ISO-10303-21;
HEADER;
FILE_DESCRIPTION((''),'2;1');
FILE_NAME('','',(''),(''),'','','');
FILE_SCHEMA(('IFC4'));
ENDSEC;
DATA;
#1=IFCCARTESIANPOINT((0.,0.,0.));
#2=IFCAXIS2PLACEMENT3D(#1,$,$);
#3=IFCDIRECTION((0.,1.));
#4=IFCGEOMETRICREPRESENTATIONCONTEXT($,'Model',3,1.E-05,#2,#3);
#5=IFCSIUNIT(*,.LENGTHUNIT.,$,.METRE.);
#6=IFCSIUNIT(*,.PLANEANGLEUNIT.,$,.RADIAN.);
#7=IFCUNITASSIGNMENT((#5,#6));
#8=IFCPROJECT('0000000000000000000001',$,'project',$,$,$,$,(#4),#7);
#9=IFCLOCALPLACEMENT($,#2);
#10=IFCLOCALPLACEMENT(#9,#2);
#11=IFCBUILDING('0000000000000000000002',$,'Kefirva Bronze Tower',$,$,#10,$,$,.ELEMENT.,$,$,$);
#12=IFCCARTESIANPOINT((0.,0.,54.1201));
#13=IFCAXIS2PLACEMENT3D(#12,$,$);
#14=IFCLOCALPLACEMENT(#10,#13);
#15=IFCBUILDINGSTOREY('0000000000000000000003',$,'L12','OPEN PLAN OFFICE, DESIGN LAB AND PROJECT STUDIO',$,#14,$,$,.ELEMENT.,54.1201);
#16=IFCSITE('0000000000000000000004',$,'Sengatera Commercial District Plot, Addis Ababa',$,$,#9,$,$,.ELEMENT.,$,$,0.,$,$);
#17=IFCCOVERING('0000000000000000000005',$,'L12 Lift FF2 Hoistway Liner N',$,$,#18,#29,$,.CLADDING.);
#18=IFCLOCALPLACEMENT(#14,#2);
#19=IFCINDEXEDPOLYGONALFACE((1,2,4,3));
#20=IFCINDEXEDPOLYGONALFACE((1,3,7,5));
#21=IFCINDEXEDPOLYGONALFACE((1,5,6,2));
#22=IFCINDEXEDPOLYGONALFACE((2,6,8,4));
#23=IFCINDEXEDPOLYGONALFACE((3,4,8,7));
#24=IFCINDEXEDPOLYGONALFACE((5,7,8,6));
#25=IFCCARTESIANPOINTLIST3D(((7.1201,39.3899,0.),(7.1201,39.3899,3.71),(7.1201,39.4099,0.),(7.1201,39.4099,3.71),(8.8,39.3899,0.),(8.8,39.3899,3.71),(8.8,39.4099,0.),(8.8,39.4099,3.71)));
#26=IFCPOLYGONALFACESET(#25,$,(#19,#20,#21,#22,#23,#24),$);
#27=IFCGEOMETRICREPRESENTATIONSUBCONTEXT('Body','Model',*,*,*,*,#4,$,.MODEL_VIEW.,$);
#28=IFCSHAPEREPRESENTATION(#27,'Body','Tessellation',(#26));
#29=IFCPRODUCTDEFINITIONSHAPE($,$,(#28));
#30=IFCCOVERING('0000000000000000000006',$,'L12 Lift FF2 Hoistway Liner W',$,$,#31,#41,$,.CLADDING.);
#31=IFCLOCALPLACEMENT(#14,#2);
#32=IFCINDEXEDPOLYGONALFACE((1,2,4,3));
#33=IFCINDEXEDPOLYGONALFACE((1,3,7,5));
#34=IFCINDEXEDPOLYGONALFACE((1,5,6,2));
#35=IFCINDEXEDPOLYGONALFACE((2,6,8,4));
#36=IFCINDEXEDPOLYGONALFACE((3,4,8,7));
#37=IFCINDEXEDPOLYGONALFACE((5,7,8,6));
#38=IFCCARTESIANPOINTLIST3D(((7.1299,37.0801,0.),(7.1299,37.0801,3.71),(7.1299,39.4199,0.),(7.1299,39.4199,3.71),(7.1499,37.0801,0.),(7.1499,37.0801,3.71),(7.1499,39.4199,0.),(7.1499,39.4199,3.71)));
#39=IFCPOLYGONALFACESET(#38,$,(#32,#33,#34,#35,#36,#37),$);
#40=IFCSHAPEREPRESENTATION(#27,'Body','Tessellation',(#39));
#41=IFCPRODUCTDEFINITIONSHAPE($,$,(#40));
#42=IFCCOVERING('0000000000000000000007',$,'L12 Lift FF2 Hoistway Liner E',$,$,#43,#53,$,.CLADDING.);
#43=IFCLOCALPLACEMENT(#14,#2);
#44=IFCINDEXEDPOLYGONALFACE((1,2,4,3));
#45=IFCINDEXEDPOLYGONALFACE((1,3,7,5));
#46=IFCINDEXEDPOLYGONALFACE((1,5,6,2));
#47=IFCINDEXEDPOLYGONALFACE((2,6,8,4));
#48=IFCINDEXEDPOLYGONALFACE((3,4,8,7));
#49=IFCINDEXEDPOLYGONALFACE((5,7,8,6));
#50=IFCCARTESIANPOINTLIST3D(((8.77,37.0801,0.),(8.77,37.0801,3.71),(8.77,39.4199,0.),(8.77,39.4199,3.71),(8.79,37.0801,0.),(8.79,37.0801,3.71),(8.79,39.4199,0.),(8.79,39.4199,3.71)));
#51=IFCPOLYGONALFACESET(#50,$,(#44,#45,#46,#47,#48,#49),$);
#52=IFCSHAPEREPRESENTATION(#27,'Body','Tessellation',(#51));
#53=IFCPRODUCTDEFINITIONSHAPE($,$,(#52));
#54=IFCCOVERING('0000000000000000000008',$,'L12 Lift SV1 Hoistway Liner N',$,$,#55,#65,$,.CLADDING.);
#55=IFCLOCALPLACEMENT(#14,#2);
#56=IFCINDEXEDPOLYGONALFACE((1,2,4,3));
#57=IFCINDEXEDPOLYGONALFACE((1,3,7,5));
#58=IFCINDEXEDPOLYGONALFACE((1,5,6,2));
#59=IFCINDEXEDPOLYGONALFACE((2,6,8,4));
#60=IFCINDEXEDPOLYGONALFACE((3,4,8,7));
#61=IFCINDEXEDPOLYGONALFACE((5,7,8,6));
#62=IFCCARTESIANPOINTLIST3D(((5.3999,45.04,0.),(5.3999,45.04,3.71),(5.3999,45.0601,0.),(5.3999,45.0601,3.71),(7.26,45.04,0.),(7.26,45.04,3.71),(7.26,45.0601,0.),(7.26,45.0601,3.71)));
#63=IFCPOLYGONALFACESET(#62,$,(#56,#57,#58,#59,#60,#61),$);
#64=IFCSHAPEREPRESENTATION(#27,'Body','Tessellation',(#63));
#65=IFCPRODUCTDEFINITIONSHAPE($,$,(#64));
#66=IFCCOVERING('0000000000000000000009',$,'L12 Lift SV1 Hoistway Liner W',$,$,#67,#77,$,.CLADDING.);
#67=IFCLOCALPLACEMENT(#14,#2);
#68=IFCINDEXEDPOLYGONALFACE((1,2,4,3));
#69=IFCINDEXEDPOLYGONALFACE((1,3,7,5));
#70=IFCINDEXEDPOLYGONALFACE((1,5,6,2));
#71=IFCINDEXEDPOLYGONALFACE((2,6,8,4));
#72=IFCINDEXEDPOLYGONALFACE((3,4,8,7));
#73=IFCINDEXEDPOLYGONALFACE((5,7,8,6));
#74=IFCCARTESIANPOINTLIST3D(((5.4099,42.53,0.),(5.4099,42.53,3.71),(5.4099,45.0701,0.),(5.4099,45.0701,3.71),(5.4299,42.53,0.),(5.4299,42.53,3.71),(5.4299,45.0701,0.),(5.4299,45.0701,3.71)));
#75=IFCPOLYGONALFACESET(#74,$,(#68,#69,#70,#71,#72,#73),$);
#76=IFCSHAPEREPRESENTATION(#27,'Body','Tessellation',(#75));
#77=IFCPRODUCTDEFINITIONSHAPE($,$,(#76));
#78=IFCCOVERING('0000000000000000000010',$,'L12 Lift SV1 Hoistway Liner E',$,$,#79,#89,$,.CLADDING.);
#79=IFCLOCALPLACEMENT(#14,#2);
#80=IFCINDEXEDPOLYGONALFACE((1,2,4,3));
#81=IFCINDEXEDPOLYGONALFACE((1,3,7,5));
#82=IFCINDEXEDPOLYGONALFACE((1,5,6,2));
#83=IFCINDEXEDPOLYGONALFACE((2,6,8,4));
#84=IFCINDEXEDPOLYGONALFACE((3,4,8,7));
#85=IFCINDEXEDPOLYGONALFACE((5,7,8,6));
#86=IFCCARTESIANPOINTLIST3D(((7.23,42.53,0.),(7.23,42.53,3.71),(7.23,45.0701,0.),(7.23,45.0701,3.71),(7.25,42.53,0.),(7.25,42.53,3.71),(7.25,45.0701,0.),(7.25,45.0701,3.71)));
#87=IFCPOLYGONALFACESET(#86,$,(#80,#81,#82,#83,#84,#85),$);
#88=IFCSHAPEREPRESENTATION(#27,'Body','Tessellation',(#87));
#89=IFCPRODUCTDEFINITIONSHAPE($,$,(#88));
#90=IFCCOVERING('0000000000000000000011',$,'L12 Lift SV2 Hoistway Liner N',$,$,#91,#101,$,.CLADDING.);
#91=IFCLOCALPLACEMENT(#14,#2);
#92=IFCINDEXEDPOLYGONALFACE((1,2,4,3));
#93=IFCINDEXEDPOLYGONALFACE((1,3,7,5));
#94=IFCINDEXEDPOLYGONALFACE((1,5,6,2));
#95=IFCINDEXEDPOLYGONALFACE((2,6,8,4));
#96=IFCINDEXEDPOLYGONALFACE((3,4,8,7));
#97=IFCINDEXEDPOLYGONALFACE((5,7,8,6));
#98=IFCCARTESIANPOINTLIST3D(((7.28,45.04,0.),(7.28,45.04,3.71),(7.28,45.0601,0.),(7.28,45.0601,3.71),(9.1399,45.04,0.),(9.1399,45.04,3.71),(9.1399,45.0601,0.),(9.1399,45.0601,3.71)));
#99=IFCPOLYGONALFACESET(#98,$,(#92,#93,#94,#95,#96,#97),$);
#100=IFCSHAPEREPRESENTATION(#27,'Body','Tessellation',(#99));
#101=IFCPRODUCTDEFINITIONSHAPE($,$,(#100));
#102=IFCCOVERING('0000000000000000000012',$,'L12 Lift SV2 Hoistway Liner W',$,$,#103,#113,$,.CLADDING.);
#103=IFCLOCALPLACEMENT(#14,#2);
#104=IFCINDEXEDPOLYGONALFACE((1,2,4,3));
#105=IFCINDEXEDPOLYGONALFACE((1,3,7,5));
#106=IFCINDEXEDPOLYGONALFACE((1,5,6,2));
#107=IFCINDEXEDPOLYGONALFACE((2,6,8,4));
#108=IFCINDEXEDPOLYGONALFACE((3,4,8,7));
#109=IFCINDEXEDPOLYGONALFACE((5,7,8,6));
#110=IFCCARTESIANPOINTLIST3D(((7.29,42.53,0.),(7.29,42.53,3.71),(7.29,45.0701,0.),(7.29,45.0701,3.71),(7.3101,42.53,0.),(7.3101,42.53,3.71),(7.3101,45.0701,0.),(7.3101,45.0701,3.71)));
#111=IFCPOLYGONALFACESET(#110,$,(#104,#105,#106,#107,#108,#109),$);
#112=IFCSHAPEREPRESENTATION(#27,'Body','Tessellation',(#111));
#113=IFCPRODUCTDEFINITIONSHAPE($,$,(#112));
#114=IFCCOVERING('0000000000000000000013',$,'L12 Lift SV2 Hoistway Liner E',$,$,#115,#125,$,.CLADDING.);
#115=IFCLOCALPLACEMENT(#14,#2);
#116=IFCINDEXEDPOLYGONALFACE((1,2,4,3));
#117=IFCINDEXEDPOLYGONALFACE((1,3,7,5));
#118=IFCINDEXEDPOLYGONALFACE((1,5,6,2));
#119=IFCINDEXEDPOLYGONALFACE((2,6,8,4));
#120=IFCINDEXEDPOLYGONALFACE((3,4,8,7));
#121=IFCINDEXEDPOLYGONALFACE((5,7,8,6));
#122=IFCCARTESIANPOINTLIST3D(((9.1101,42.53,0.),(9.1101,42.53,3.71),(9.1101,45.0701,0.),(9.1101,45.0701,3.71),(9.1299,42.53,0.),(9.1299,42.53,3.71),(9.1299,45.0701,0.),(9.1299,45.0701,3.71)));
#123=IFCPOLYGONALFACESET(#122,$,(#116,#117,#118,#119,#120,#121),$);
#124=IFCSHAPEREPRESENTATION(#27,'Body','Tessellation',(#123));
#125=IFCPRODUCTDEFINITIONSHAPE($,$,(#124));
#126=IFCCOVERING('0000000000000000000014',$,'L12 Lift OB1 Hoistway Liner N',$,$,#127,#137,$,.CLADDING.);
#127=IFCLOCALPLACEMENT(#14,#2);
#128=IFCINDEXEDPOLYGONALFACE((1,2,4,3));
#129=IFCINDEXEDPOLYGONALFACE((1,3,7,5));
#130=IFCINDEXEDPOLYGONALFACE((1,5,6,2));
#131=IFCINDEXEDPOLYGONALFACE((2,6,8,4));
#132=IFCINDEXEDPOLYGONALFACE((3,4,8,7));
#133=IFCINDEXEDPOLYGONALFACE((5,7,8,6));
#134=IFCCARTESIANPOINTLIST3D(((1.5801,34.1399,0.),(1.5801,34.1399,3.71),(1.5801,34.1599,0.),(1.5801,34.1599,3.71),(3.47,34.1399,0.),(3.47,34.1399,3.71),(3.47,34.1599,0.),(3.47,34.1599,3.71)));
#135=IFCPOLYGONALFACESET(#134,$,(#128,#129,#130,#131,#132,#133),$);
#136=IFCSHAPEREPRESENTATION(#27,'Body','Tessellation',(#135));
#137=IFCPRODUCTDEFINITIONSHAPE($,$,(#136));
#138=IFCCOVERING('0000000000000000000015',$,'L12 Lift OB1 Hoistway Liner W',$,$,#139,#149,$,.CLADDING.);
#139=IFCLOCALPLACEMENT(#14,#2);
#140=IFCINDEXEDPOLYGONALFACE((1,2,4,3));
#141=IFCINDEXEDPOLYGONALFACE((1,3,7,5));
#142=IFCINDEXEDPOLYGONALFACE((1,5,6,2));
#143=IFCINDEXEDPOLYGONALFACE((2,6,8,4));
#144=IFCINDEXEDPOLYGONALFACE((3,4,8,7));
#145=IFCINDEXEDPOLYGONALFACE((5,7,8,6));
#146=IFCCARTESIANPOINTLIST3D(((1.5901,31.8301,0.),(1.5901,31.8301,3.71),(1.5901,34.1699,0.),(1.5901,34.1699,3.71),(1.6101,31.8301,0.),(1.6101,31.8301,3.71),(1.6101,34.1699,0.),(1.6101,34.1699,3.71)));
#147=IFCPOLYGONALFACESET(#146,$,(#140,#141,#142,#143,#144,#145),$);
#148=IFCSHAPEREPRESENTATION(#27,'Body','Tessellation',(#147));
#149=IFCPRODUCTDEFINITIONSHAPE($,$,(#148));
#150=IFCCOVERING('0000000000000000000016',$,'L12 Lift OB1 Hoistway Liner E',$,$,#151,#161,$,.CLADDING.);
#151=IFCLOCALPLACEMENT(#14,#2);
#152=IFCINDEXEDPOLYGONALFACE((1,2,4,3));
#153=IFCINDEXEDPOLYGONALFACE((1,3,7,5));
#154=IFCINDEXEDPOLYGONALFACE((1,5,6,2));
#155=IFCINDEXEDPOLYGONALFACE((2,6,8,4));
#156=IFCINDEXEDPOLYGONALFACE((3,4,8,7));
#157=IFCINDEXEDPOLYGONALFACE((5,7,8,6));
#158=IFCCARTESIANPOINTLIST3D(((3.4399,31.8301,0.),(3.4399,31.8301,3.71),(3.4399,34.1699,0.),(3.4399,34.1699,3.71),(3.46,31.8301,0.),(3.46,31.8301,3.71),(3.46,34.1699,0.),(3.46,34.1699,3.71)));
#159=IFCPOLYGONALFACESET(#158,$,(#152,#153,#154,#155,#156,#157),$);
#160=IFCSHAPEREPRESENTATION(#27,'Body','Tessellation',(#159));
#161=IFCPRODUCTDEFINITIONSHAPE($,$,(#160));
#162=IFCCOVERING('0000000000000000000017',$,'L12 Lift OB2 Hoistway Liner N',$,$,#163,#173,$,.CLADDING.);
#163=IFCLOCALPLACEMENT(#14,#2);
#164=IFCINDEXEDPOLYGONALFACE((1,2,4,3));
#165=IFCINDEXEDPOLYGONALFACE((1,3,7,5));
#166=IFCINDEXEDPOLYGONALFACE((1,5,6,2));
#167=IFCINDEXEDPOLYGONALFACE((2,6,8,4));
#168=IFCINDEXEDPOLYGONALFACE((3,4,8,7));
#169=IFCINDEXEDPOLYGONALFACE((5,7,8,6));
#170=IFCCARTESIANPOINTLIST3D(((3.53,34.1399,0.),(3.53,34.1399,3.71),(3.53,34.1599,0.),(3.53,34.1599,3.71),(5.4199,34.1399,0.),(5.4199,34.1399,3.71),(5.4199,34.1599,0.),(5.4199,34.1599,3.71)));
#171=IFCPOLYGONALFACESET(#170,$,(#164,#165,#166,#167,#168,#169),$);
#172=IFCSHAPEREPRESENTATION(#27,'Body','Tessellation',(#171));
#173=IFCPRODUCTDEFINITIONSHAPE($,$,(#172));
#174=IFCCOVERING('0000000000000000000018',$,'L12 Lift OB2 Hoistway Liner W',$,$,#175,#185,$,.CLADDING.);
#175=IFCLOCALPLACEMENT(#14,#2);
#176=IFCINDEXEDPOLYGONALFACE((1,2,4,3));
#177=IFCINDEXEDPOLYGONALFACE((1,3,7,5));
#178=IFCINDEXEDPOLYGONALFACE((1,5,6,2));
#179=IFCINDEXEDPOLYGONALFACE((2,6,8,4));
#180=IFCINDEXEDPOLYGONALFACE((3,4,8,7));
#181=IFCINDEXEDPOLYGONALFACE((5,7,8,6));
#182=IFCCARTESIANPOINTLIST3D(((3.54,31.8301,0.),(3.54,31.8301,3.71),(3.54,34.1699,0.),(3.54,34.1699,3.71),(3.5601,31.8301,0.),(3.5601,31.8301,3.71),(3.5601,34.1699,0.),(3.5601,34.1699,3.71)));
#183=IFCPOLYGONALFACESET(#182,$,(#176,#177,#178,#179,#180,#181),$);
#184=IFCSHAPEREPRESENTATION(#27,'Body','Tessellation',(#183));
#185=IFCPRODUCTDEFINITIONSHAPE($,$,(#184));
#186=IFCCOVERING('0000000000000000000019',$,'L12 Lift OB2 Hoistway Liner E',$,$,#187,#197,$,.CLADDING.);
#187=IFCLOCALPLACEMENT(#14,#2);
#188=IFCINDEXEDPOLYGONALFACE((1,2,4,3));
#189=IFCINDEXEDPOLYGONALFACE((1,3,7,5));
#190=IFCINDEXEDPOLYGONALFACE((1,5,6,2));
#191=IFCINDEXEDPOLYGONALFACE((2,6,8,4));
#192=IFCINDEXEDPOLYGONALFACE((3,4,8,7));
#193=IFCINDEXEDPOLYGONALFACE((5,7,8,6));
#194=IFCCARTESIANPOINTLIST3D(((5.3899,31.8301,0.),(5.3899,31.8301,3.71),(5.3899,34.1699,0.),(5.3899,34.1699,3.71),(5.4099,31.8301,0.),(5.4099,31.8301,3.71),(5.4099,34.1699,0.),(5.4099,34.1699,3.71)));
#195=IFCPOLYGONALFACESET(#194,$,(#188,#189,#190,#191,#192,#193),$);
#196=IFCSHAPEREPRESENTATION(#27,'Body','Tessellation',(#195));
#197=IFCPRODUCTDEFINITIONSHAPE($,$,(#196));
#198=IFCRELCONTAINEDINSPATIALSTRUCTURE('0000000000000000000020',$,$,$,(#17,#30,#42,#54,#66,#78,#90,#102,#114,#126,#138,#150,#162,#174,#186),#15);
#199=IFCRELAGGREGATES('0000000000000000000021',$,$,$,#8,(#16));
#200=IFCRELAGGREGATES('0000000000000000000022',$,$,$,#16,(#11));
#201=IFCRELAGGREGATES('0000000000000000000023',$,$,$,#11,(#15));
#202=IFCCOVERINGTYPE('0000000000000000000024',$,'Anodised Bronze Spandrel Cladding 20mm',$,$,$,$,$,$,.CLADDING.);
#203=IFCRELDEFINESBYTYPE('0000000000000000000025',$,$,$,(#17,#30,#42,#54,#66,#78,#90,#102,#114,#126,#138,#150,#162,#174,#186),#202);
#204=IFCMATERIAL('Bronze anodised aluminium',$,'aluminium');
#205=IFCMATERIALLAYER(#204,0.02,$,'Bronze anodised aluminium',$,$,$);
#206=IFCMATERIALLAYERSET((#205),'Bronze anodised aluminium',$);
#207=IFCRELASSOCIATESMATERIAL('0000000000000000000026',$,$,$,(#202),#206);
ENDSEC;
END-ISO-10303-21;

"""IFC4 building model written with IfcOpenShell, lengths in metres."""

from ifc_helpers import new_model, si_unit, direction, frame, origin, place, context, subcontext, project, spatial, polyline, outline, extrude, material, layer, layer_set, type_object, element, save


model = new_model("IFC4")

# Units and contexts
model_context = context("Model", 3, precision=1e-05, world=origin(), true_north=direction((0.0, 1.0)))
body_context = subcontext(model_context, "Body", "Model", "MODEL_VIEW")
ifc_project = project(units=[si_unit("LENGTHUNIT", "METRE"), si_unit("PLANEANGLEUNIT", "RADIAN")], contexts=[model_context])

# Site, building, storey
site_placement = place(None, origin())
site = spatial("IfcSite", under=ifc_project, at=site_placement, Name="Sengatera Commercial District Plot, Addis Ababa", CompositionType="ELEMENT", RefElevation=0.0)
building_placement = place(site_placement, origin())
building = spatial("IfcBuilding", under=site, at=building_placement, Name="Kefirva Bronze Tower", CompositionType="ELEMENT")
storey_placement = place(building_placement, frame((0.0, 0.0, 54.1201)))
storey = spatial("IfcBuildingStorey", under=building, at=storey_placement, Name="L12", Description="OPEN PLAN OFFICE, DESIGN LAB AND PROJECT STUDIO", CompositionType="ELEMENT", Elevation=54.1201)

# Coverings
ifc_material_1 = material(Name="Bronze anodised aluminium", Category="aluminium")
ifc_layer_1 = layer(ifc_material_1, 0.02, Name="Bronze anodised aluminium")
ifc_layer_set_1 = layer_set([ifc_layer_1], Name="Bronze anodised aluminium")
covering_type = type_object("IfcCoveringType", Name="Anodised Bronze Spandrel Cladding 20mm", PredefinedType="CLADDING", material=ifc_layer_set_1)
covering_1_placement = place(storey_placement, origin())
element("IfcCovering", 1, at=covering_1_placement, inside=storey, type_object=covering_type, Name="L12 Lift FF2 Hoistway Liner N", PredefinedType="CLADDING", context=body_context, shape_type="SweptSolid", body=[
    extrude(outline(polyline([(7.1201, 39.3899), (8.8, 39.3899), (8.8, 39.4099), (7.1201, 39.4099), (7.1201, 39.3899)])), origin(), (0.0, 0.0, 1.0), 3.71),
])
covering_2_placement = place(storey_placement, origin())
element("IfcCovering", 2, at=covering_2_placement, inside=storey, type_object=covering_type, Name="L12 Lift FF2 Hoistway Liner W", PredefinedType="CLADDING", context=body_context, shape_type="SweptSolid", body=[
    extrude(outline(polyline([(7.1299, 37.0801), (7.1499, 37.0801), (7.1499, 39.4199), (7.1299, 39.4199), (7.1299, 37.0801)])), origin(), (0.0, 0.0, 1.0), 3.71),
])
covering_3_placement = place(storey_placement, origin())
element("IfcCovering", 3, at=covering_3_placement, inside=storey, type_object=covering_type, Name="L12 Lift FF2 Hoistway Liner E", PredefinedType="CLADDING", context=body_context, shape_type="SweptSolid", body=[
    extrude(outline(polyline([(8.77, 37.0801), (8.79, 37.0801), (8.79, 39.4199), (8.77, 39.4199), (8.77, 37.0801)])), origin(), (0.0, 0.0, 1.0), 3.71),
])
covering_4_placement = place(storey_placement, origin())
element("IfcCovering", 4, at=covering_4_placement, inside=storey, type_object=covering_type, Name="L12 Lift SV1 Hoistway Liner N", PredefinedType="CLADDING", context=body_context, shape_type="SweptSolid", body=[
    extrude(outline(polyline([(5.3999, 45.04), (7.26, 45.04), (7.26, 45.0601), (5.3999, 45.0601), (5.3999, 45.04)])), origin(), (0.0, 0.0, 1.0), 3.71),
])
covering_5_placement = place(storey_placement, origin())
element("IfcCovering", 5, at=covering_5_placement, inside=storey, type_object=covering_type, Name="L12 Lift SV1 Hoistway Liner W", PredefinedType="CLADDING", context=body_context, shape_type="SweptSolid", body=[
    extrude(outline(polyline([(5.4099, 42.53), (5.4299, 42.53), (5.4299, 45.0701), (5.4099, 45.0701), (5.4099, 42.53)])), origin(), (0.0, 0.0, 1.0), 3.71),
])
covering_6_placement = place(storey_placement, origin())
element("IfcCovering", 6, at=covering_6_placement, inside=storey, type_object=covering_type, Name="L12 Lift SV1 Hoistway Liner E", PredefinedType="CLADDING", context=body_context, shape_type="SweptSolid", body=[
    extrude(outline(polyline([(7.23, 42.53), (7.25, 42.53), (7.25, 45.0701), (7.23, 45.0701), (7.23, 42.53)])), origin(), (0.0, 0.0, 1.0), 3.71),
])
covering_7_placement = place(storey_placement, origin())
element("IfcCovering", 7, at=covering_7_placement, inside=storey, type_object=covering_type, Name="L12 Lift SV2 Hoistway Liner N", PredefinedType="CLADDING", context=body_context, shape_type="SweptSolid", body=[
    extrude(outline(polyline([(7.28, 45.04), (9.1399, 45.04), (9.1399, 45.0601), (7.28, 45.0601), (7.28, 45.04)])), origin(), (0.0, 0.0, 1.0), 3.71),
])
covering_8_placement = place(storey_placement, origin())
element("IfcCovering", 8, at=covering_8_placement, inside=storey, type_object=covering_type, Name="L12 Lift SV2 Hoistway Liner W", PredefinedType="CLADDING", context=body_context, shape_type="SweptSolid", body=[
    extrude(outline(polyline([(7.29, 42.53), (7.3101, 42.53), (7.3101, 45.0701), (7.29, 45.0701), (7.29, 42.53)])), origin(), (0.0, 0.0, 1.0), 3.71),
])
covering_9_placement = place(storey_placement, origin())
element("IfcCovering", 9, at=covering_9_placement, inside=storey, type_object=covering_type, Name="L12 Lift SV2 Hoistway Liner E", PredefinedType="CLADDING", context=body_context, shape_type="SweptSolid", body=[
    extrude(outline(polyline([(9.1101, 42.53), (9.1299, 42.53), (9.1299, 45.0701), (9.1101, 45.0701), (9.1101, 42.53)])), origin(), (0.0, 0.0, 1.0), 3.71),
])
covering_10_placement = place(storey_placement, origin())
element("IfcCovering", 10, at=covering_10_placement, inside=storey, type_object=covering_type, Name="L12 Lift OB1 Hoistway Liner N", PredefinedType="CLADDING", context=body_context, shape_type="SweptSolid", body=[
    extrude(outline(polyline([(1.5801, 34.1399), (3.47, 34.1399), (3.47, 34.1599), (1.5801, 34.1599), (1.5801, 34.1399)])), origin(), (0.0, 0.0, 1.0), 3.71),
])
covering_11_placement = place(storey_placement, origin())
element("IfcCovering", 11, at=covering_11_placement, inside=storey, type_object=covering_type, Name="L12 Lift OB1 Hoistway Liner W", PredefinedType="CLADDING", context=body_context, shape_type="SweptSolid", body=[
    extrude(outline(polyline([(1.5901, 31.8301), (1.6101, 31.8301), (1.6101, 34.1699), (1.5901, 34.1699), (1.5901, 31.8301)])), origin(), (0.0, 0.0, 1.0), 3.71),
])
covering_12_placement = place(storey_placement, origin())
element("IfcCovering", 12, at=covering_12_placement, inside=storey, type_object=covering_type, Name="L12 Lift OB1 Hoistway Liner E", PredefinedType="CLADDING", context=body_context, shape_type="SweptSolid", body=[
    extrude(outline(polyline([(3.4399, 31.8301), (3.46, 31.8301), (3.46, 34.1699), (3.4399, 34.1699), (3.4399, 31.8301)])), origin(), (0.0, 0.0, 1.0), 3.71),
])
covering_13_placement = place(storey_placement, origin())
element("IfcCovering", 13, at=covering_13_placement, inside=storey, type_object=covering_type, Name="L12 Lift OB2 Hoistway Liner N", PredefinedType="CLADDING", context=body_context, shape_type="SweptSolid", body=[
    extrude(outline(polyline([(3.53, 34.1399), (5.4199, 34.1399), (5.4199, 34.1599), (3.53, 34.1599), (3.53, 34.1399)])), origin(), (0.0, 0.0, 1.0), 3.71),
])
covering_14_placement = place(storey_placement, origin())
element("IfcCovering", 14, at=covering_14_placement, inside=storey, type_object=covering_type, Name="L12 Lift OB2 Hoistway Liner W", PredefinedType="CLADDING", context=body_context, shape_type="SweptSolid", body=[
    extrude(outline(polyline([(3.54, 31.8301), (3.5601, 31.8301), (3.5601, 34.1699), (3.54, 34.1699), (3.54, 31.8301)])), origin(), (0.0, 0.0, 1.0), 3.71),
])
covering_15_placement = place(storey_placement, origin())
element("IfcCovering", 15, at=covering_15_placement, inside=storey, type_object=covering_type, Name="L12 Lift OB2 Hoistway Liner E", PredefinedType="CLADDING", context=body_context, shape_type="SweptSolid", body=[
    extrude(outline(polyline([(5.3899, 31.8301), (5.4099, 31.8301), (5.4099, 34.1699), (5.3899, 34.1699), (5.3899, 31.8301)])), origin(), (0.0, 0.0, 1.0), 3.71),
])

save(model, "model.ifc")
